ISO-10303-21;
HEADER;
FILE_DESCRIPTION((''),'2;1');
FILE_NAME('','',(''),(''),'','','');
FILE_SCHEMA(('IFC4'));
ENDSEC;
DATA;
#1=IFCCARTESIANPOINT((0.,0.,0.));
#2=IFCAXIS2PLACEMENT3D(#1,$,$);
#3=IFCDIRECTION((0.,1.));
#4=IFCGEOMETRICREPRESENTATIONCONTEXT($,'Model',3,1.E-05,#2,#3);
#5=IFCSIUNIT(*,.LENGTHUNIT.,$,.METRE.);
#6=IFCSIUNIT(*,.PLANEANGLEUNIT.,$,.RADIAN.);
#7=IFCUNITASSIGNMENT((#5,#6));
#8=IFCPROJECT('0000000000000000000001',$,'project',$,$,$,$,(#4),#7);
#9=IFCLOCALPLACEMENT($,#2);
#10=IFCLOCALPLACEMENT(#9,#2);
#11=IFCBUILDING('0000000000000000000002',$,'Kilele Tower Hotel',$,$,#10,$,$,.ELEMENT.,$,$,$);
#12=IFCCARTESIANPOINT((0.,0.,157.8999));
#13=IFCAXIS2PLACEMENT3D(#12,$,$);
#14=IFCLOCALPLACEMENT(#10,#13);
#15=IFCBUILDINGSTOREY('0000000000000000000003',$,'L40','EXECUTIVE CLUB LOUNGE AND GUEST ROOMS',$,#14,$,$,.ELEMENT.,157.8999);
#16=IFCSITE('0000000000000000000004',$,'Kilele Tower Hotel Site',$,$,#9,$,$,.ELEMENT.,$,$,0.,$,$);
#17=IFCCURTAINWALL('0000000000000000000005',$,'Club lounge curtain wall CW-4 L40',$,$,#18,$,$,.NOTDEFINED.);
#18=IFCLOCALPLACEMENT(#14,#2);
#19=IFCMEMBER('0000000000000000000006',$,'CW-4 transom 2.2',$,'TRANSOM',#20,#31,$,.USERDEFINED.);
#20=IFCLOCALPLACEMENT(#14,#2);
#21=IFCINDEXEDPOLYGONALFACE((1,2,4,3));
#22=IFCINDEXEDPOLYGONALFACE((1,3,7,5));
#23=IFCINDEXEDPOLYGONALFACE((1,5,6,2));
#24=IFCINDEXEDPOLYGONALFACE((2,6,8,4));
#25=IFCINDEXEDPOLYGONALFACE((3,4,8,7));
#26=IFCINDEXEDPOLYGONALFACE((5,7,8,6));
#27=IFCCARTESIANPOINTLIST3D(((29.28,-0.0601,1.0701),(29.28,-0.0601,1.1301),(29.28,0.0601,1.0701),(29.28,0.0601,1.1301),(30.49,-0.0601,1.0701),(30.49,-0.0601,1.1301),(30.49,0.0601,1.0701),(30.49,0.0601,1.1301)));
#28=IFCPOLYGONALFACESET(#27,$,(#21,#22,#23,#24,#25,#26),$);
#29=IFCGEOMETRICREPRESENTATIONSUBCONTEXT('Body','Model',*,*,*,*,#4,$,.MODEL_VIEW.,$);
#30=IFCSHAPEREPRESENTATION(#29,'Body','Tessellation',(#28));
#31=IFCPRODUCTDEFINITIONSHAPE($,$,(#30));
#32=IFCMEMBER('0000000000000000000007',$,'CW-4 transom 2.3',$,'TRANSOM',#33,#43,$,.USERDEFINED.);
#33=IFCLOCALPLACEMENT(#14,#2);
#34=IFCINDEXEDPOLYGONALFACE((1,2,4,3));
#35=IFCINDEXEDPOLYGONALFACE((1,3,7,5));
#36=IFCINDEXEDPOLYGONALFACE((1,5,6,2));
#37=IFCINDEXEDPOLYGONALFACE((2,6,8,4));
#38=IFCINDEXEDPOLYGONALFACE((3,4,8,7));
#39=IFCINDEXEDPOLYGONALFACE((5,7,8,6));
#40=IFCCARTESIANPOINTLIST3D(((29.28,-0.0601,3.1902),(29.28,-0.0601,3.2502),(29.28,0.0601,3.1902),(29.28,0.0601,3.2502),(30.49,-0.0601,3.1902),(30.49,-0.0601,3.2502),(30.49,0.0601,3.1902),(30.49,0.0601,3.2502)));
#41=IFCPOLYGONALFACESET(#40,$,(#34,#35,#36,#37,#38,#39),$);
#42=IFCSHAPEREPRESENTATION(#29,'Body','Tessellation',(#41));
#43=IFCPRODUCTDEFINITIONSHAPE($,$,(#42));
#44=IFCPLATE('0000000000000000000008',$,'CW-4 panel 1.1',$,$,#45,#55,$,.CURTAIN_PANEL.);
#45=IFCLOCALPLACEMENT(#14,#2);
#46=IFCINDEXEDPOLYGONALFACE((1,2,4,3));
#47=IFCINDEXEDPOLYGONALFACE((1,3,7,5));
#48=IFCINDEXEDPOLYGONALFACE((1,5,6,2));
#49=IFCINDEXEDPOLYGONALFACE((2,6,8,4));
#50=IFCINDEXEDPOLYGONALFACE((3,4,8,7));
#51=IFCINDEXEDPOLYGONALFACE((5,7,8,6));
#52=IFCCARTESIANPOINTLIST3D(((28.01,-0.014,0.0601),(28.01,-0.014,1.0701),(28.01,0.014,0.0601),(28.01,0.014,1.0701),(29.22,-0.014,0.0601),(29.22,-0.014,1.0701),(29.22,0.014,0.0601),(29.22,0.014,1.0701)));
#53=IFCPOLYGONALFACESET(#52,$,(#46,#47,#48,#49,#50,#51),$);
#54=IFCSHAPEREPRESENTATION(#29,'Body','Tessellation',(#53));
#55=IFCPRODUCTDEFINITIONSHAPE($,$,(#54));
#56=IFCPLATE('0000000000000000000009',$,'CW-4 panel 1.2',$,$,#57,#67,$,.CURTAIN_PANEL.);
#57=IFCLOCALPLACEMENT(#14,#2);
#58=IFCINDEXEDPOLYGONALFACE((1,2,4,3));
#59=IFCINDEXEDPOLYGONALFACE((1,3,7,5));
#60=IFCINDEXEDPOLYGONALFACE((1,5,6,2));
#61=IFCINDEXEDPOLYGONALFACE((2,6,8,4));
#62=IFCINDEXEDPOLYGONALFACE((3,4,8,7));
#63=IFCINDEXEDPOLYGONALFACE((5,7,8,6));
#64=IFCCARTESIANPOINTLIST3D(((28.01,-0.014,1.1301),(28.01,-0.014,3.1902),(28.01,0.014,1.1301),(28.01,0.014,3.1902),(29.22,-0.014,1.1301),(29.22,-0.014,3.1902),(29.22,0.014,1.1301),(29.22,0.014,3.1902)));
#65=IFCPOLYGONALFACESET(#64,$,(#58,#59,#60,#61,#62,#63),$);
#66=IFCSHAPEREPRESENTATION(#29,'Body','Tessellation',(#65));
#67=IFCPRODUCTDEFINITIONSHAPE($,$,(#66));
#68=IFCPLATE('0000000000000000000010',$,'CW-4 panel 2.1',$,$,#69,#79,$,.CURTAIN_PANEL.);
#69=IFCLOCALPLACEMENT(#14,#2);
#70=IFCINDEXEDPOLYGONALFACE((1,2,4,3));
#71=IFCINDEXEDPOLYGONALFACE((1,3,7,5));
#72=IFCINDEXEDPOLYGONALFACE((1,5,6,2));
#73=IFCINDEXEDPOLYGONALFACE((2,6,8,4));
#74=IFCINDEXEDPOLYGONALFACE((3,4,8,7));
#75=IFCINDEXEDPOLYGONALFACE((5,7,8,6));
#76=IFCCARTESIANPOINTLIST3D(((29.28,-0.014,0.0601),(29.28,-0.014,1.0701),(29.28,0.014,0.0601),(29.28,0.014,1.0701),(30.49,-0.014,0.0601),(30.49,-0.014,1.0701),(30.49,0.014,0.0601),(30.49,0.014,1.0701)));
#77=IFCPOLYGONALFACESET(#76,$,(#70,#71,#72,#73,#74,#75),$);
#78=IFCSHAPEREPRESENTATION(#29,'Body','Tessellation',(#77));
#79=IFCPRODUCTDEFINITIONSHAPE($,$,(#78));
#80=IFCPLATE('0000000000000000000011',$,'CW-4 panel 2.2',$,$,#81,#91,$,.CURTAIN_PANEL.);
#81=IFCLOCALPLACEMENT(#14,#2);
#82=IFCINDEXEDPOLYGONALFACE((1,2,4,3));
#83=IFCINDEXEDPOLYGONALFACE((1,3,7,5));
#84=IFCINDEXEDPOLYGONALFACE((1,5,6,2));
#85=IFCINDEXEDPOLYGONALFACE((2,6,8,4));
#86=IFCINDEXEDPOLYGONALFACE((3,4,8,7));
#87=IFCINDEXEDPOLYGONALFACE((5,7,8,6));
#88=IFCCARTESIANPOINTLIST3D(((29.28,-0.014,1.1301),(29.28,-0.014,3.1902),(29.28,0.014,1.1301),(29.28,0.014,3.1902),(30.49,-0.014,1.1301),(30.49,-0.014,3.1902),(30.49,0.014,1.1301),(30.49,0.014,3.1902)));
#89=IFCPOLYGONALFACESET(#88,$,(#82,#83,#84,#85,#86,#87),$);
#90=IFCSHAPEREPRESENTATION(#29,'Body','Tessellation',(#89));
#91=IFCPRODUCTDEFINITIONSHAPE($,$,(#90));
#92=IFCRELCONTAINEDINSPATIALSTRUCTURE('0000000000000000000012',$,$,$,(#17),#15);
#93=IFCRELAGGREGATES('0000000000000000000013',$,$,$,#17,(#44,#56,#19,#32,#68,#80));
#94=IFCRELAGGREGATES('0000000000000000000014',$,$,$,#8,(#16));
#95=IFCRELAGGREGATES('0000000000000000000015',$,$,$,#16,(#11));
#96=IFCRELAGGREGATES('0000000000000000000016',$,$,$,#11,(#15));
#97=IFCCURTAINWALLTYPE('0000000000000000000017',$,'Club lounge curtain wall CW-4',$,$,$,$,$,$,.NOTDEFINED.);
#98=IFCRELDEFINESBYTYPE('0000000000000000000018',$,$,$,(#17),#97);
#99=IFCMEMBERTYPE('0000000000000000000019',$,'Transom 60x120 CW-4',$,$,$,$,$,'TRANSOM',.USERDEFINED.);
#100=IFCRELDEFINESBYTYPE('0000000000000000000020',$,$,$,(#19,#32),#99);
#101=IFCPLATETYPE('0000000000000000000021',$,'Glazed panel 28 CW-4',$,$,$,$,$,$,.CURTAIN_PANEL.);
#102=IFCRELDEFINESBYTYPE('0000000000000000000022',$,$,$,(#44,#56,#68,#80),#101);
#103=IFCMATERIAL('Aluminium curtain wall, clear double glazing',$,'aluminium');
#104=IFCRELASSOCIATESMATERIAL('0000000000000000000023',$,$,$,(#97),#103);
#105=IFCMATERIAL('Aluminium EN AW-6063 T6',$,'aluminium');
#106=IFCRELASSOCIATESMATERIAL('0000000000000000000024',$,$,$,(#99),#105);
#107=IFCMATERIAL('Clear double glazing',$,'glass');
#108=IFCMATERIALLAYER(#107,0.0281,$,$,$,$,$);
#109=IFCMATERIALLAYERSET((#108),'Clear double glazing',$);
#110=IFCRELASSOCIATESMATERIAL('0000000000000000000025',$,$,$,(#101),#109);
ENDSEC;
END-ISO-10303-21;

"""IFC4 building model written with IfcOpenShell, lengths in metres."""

from ifc_helpers import new_model, si_unit, direction, frame, origin, origin_2d, place, context, subcontext, project, spatial, rectangle, extrude, material, layer, layer_set, material_profile, profile_set, type_object, element, aggregate, save


model = new_model("IFC4")

# Units and contexts
model_context = context("Model", 3, precision=1e-05, world=origin(), true_north=direction((0.0, 1.0)))
body_context = subcontext(model_context, "Body", "Model", "MODEL_VIEW")
ifc_project = project(units=[si_unit("LENGTHUNIT", "METRE"), si_unit("PLANEANGLEUNIT", "RADIAN")], contexts=[model_context])

# Site, building, storey
site_placement = place(None, origin())
site = spatial("IfcSite", under=ifc_project, at=site_placement, Name="Kilele Tower Hotel Site", CompositionType="ELEMENT", RefElevation=0.0)
building_placement = place(site_placement, origin())
building = spatial("IfcBuilding", under=site, at=building_placement, Name="Kilele Tower Hotel", CompositionType="ELEMENT")
storey_placement = place(building_placement, frame((0.0, 0.0, 157.8999)))
storey = spatial("IfcBuildingStorey", under=building, at=storey_placement, Name="L40", Description="EXECUTIVE CLUB LOUNGE AND GUEST ROOMS", CompositionType="ELEMENT", Elevation=157.8999)

# Curtain wall
ifc_material_1 = material(Name="Aluminium curtain wall, clear double glazing", Category="aluminium")
curtain_wall_type = type_object("IfcCurtainWallType", Name="Club lounge curtain wall CW-4", PredefinedType="NOTDEFINED", material=ifc_material_1)
curtain_wall_1_placement = place(storey_placement, origin())
curtain_wall_1 = element("IfcCurtainWall", 1, at=curtain_wall_1_placement, inside=storey, type_object=curtain_wall_type, Name="Club lounge curtain wall CW-4 L40", PredefinedType="NOTDEFINED")

# Members
ifc_material_2 = material(Name="Aluminium EN AW-6063 T6", Category="aluminium")
ifc_material_profile_1 = material_profile(ifc_material_2, rectangle(XDim=0.1201, YDim=0.0601, at=origin_2d()))
ifc_profile_set_1 = profile_set([ifc_material_profile_1], Name="Aluminium EN AW-6063 T6")
member_type_1 = type_object("IfcMemberType", Name="Transom 60x120 CW-4", ElementType="TRANSOM", PredefinedType="USERDEFINED", material=ifc_profile_set_1)
member_1_placement = place(storey_placement, frame((29.28, 0.0, 1.1001), z_axis=(1.0, 0.0, 0.0), x_axis=(0.0, 1.0, 0.0)))
member_1 = element("IfcMember", 2, at=member_1_placement, type_object=member_type_1, Name="CW-4 transom 2.2", ObjectType="TRANSOM", PredefinedType="USERDEFINED", context=body_context, shape_type="SweptSolid", body=[
    extrude(rectangle(XDim=0.1201, YDim=0.0601, at=origin_2d()), origin(), (0.0, 0.0, 1.0), 1.21),
])
member_2_placement = place(storey_placement, frame((29.28, 0.0, 3.2202), z_axis=(1.0, 0.0, 0.0), x_axis=(0.0, 1.0, 0.0)))
member_2 = element("IfcMember", 3, at=member_2_placement, type_object=member_type_1, Name="CW-4 transom 2.3", ObjectType="TRANSOM", PredefinedType="USERDEFINED", context=body_context, shape_type="SweptSolid", body=[
    extrude(rectangle(XDim=0.1201, YDim=0.0601, at=origin_2d()), origin(), (0.0, 0.0, 1.0), 1.21),
])

# Plates
ifc_material_3 = material(Name="Clear double glazing", Category="glass")
ifc_layer = layer(ifc_material_3, 0.0281)
ifc_layer_set = layer_set([ifc_layer], Name="Clear double glazing")
plate_type = type_object("IfcPlateType", Name="Glazed panel 28 CW-4", PredefinedType="CURTAIN_PANEL", material=ifc_layer_set)
plate_1_placement = place(storey_placement, frame((28.615, 0.0, 0.0601), z_axis=(0.0, 0.0, 1.0), x_axis=(1.0, 0.0, 0.0)))
plate_1 = element("IfcPlate", 4, at=plate_1_placement, type_object=plate_type, Name="CW-4 panel 1.1", PredefinedType="CURTAIN_PANEL", context=body_context, shape_type="SweptSolid", body=[
    extrude(rectangle(XDim=1.21, YDim=0.0281, at=origin_2d()), origin(), (0.0, 0.0, 1.0), 1.01),
])
plate_2_placement = place(storey_placement, frame((28.615, 0.0, 1.1301), z_axis=(0.0, 0.0, 1.0), x_axis=(1.0, 0.0, 0.0)))
plate_2 = element("IfcPlate", 5, at=plate_2_placement, type_object=plate_type, Name="CW-4 panel 1.2", PredefinedType="CURTAIN_PANEL", context=body_context, shape_type="SweptSolid", body=[
    extrude(rectangle(XDim=1.21, YDim=0.0281, at=origin_2d()), origin(), (0.0, 0.0, 1.0), 2.0601),
])
plate_3_placement = place(storey_placement, frame((29.885, 0.0, 0.0601), z_axis=(0.0, 0.0, 1.0), x_axis=(1.0, 0.0, 0.0)))
plate_3 = element("IfcPlate", 6, at=plate_3_placement, type_object=plate_type, Name="CW-4 panel 2.1", PredefinedType="CURTAIN_PANEL", context=body_context, shape_type="SweptSolid", body=[
    extrude(rectangle(XDim=1.21, YDim=0.0281, at=origin_2d()), origin(), (0.0, 0.0, 1.0), 1.01),
])
plate_4_placement = place(storey_placement, frame((29.885, 0.0, 1.1301), z_axis=(0.0, 0.0, 1.0), x_axis=(1.0, 0.0, 0.0)))
plate_4 = element("IfcPlate", 7, at=plate_4_placement, type_object=plate_type, Name="CW-4 panel 2.2", PredefinedType="CURTAIN_PANEL", context=body_context, shape_type="SweptSolid", body=[
    extrude(rectangle(XDim=1.21, YDim=0.0281, at=origin_2d()), origin(), (0.0, 0.0, 1.0), 2.0601),
])
aggregate(curtain_wall_1, [plate_1, plate_2, member_1, member_2, plate_3, plate_4])

save(model, "model.ifc")
